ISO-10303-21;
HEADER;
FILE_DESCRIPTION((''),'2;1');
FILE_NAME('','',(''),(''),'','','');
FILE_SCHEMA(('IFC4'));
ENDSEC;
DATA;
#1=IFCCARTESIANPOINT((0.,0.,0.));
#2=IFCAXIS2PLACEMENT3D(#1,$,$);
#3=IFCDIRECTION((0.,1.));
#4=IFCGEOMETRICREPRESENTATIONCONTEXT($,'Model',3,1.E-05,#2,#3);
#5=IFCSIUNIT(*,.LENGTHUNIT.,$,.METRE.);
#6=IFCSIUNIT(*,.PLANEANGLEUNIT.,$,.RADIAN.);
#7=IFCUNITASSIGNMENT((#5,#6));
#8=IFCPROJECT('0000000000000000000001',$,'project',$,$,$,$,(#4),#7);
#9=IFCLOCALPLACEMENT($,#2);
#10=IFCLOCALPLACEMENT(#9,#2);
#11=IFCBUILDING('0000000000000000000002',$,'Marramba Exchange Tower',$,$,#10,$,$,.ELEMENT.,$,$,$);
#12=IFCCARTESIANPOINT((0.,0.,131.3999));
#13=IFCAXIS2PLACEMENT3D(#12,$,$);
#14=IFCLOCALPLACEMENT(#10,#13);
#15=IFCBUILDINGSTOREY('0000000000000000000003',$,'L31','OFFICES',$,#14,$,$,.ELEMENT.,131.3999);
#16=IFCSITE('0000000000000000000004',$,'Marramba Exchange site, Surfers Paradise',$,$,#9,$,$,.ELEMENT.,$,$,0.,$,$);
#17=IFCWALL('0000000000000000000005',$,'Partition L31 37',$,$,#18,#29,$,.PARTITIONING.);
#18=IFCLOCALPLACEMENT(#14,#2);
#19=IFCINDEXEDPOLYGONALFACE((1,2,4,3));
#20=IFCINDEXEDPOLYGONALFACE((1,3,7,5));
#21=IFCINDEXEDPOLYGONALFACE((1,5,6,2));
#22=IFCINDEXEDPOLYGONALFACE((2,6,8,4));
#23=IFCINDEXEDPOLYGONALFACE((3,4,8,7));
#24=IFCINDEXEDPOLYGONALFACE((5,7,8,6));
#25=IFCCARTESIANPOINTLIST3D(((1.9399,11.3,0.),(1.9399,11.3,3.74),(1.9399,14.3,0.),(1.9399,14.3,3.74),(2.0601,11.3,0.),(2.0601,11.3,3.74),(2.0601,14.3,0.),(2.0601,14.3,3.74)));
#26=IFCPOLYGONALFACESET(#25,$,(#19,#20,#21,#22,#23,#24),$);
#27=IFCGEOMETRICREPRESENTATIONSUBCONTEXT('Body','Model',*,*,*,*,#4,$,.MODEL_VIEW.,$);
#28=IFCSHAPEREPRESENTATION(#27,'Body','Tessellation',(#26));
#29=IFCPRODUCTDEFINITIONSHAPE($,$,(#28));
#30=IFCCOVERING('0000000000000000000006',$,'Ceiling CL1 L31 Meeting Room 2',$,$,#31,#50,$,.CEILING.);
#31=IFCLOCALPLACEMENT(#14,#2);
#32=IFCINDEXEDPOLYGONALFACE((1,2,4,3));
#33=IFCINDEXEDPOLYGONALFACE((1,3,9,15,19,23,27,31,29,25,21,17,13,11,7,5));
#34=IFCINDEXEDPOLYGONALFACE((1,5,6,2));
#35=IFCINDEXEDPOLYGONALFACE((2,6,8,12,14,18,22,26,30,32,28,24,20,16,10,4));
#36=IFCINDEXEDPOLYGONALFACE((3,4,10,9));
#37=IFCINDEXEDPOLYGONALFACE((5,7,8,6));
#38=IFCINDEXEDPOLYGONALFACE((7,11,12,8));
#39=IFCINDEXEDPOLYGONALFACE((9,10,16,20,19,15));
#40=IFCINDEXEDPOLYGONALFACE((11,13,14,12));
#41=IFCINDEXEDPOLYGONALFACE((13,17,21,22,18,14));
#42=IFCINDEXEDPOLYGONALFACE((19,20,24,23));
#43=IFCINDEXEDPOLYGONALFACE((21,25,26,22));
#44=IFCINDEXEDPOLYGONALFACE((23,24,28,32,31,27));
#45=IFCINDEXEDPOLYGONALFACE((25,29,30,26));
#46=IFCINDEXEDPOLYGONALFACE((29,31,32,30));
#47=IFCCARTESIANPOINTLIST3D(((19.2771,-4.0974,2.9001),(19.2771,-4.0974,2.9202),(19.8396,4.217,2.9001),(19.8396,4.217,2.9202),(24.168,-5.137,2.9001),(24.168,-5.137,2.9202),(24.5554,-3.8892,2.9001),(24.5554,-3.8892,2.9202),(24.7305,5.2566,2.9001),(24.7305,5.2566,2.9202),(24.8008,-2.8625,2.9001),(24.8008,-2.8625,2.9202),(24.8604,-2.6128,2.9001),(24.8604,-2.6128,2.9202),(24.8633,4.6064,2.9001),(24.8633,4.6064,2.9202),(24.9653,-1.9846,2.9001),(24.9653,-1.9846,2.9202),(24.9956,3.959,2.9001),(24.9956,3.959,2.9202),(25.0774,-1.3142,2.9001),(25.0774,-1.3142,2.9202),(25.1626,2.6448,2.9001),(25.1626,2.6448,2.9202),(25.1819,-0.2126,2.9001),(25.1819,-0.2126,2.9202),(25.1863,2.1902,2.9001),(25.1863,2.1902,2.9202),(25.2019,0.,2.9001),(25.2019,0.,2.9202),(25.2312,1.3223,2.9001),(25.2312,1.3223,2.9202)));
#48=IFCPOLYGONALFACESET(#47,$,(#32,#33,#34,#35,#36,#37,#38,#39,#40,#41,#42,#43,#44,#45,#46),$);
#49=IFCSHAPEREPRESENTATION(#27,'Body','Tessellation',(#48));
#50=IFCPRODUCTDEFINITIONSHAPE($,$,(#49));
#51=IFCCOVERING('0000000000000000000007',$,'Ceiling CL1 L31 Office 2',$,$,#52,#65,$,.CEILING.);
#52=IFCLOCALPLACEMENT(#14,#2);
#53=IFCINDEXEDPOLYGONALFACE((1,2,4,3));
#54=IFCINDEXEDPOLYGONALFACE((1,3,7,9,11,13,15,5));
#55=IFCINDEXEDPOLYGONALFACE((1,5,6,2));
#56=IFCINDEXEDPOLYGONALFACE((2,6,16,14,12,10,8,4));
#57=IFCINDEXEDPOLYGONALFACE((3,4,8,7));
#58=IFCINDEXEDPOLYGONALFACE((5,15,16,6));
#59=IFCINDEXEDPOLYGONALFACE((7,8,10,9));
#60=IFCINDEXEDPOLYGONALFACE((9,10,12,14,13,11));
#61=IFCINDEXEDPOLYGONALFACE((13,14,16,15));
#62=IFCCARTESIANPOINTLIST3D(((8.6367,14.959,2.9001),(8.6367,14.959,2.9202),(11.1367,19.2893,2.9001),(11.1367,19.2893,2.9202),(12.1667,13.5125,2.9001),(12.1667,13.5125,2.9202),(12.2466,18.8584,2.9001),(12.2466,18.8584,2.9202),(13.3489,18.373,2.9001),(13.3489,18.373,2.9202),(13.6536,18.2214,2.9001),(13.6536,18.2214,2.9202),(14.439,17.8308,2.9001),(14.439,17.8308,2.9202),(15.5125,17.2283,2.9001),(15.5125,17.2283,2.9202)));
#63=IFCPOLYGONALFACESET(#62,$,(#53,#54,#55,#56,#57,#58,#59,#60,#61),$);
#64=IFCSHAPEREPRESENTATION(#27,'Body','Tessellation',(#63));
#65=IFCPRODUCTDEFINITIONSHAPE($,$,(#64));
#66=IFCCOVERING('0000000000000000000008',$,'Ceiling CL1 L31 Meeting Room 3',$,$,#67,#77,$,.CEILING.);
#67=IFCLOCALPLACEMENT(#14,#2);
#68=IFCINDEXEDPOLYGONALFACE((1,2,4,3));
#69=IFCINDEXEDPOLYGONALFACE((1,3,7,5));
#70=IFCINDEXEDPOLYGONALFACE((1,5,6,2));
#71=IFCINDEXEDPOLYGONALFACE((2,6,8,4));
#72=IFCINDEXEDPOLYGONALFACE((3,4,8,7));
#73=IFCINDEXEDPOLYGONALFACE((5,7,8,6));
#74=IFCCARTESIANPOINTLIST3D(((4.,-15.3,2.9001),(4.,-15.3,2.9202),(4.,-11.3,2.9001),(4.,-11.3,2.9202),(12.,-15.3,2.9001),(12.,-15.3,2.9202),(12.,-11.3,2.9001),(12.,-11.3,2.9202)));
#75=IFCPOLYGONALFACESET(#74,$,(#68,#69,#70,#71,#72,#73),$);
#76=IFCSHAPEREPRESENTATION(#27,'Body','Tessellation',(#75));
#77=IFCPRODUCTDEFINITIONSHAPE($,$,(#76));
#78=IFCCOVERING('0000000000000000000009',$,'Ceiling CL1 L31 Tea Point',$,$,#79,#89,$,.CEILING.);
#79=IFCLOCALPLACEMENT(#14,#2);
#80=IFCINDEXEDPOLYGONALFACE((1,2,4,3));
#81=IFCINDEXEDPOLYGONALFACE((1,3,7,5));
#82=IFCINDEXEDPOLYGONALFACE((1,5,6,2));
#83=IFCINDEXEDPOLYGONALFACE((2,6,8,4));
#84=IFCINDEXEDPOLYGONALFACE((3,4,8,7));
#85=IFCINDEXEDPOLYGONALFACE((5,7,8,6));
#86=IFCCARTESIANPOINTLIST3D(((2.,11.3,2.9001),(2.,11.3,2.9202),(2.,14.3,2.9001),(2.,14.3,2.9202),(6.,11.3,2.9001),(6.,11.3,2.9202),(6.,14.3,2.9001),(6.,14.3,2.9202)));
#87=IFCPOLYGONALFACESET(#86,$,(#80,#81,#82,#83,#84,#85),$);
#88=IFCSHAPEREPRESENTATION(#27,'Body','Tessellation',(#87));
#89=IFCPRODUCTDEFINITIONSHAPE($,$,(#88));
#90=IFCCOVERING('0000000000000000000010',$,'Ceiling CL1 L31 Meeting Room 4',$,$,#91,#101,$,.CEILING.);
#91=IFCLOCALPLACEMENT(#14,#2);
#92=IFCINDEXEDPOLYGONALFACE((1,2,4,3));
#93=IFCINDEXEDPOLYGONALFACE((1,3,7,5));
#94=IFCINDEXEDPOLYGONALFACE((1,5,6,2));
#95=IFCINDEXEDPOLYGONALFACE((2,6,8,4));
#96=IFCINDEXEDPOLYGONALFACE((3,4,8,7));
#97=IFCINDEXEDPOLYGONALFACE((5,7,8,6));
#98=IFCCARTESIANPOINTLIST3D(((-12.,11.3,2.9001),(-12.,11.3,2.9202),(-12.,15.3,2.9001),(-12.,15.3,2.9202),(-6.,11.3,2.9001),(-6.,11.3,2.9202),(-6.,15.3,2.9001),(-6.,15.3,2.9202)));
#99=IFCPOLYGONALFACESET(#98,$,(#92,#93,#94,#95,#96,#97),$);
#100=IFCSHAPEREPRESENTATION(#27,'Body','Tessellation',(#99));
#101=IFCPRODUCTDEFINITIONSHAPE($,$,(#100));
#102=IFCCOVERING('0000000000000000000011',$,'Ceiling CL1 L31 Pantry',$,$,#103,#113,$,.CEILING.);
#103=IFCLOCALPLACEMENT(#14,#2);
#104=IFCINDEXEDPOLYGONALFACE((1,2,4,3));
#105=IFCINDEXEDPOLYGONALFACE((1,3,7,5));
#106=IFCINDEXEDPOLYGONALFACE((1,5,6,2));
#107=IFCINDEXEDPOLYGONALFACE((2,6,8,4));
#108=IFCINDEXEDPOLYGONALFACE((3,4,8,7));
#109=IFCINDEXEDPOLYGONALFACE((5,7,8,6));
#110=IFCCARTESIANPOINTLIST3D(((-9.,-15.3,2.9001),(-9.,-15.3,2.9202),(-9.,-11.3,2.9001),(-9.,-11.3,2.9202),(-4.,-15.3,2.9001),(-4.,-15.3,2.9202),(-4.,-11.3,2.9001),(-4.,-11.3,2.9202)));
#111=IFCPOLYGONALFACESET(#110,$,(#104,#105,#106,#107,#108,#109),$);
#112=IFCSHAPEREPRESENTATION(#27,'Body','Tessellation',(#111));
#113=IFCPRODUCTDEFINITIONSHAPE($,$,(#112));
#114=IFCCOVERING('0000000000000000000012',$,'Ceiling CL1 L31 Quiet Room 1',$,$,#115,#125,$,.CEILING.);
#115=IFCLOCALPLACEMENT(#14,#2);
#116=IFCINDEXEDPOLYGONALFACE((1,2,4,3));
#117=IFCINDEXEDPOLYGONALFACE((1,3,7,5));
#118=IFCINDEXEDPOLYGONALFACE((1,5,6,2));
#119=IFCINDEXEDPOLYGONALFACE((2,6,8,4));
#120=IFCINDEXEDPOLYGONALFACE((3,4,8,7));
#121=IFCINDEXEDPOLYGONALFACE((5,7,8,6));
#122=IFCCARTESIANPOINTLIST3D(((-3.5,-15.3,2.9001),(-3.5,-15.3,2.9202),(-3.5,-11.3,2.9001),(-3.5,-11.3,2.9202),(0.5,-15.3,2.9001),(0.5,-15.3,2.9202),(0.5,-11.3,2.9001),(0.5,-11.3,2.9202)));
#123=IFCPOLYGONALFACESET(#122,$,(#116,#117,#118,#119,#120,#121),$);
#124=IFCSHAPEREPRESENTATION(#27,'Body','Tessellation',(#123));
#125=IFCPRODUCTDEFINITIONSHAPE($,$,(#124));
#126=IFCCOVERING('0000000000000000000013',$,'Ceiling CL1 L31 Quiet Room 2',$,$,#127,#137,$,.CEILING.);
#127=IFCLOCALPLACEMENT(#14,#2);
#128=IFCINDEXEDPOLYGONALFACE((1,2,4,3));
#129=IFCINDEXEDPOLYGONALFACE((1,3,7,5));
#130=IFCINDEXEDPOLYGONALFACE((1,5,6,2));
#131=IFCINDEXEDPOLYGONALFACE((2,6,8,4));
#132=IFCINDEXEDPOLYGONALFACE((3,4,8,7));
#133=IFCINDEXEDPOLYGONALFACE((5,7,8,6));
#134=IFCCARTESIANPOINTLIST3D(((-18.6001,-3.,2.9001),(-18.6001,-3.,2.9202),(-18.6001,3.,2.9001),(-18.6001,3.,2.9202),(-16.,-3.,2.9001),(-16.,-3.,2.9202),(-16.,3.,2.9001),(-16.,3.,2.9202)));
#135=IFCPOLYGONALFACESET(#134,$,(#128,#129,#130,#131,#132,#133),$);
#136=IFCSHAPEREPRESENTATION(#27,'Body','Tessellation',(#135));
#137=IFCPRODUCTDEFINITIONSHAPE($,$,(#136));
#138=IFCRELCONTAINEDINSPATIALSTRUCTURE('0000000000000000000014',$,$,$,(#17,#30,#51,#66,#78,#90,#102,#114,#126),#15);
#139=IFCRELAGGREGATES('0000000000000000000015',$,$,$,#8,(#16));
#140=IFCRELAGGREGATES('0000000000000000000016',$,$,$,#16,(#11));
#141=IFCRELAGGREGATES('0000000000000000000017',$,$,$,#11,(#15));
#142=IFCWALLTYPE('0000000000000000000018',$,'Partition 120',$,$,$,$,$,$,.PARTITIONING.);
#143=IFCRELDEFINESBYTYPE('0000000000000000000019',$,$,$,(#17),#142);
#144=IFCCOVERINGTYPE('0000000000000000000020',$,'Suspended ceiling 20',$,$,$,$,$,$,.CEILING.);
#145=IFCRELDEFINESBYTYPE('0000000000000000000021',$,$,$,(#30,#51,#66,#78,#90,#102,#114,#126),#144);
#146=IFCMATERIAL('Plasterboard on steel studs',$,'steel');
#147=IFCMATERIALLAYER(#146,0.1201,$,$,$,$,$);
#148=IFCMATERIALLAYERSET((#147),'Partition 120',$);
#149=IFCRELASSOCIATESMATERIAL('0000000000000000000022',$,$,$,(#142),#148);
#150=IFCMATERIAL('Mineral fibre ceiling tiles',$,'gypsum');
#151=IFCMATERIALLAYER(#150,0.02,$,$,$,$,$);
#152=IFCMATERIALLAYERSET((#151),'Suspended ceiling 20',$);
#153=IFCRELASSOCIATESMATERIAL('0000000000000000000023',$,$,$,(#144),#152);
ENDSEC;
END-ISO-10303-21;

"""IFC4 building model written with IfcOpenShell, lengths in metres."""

from ifc_helpers import new_model, si_unit, direction, frame, frame_2d, origin, place, context, subcontext, project, spatial, polyline, rectangle, outline, extrude, material, layer, layer_set, type_object, element, save


model = new_model("IFC4")

# Units and contexts
model_context = context("Model", 3, precision=1e-05, world=origin(), true_north=direction((0.0, 1.0)))
body_context = subcontext(model_context, "Body", "Model", "MODEL_VIEW")
ifc_project = project(units=[si_unit("LENGTHUNIT", "METRE"), si_unit("PLANEANGLEUNIT", "RADIAN")], contexts=[model_context])

# Site, building, storey
site_placement = place(None, origin())
site = spatial("IfcSite", under=ifc_project, at=site_placement, Name="Marramba Exchange site, Surfers Paradise", CompositionType="ELEMENT", RefElevation=0.0)
building_placement = place(site_placement, origin())
building = spatial("IfcBuilding", under=site, at=building_placement, Name="Marramba Exchange Tower", CompositionType="ELEMENT")
storey_placement = place(building_placement, frame((0.0, 0.0, 131.3999)))
storey = spatial("IfcBuildingStorey", under=building, at=storey_placement, Name="L31", Description="OFFICES", CompositionType="ELEMENT", Elevation=131.3999)

# Shared definitions
ifc_material_1 = material(Name="Plasterboard on steel studs", Category="steel")
ifc_layer_1 = layer(ifc_material_1, 0.1201)
ifc_layer_set_1 = layer_set([ifc_layer_1], Name="Partition 120")
wall_type_1 = type_object("IfcWallType", Name="Partition 120", PredefinedType="PARTITIONING", material=ifc_layer_set_1)

# Wall
wall_1_placement = place(storey_placement, frame((2.0, 14.3, 0.0), z_axis=(0.0, 0.0, 1.0), x_axis=(0.0, -1.0, 0.0)))
element("IfcWall", 1, at=wall_1_placement, inside=storey, type_object=wall_type_1, Name="Partition L31 37", PredefinedType="PARTITIONING", context=body_context, shape_type="SweptSolid", body=[
    extrude(rectangle(XDim=3.0, YDim=0.1201, at=frame_2d((1.5, 0.0))), origin(), (0.0, 0.0, 1.0), 3.74),
])

# Coverings
ifc_material_2 = material(Name="Mineral fibre ceiling tiles", Category="gypsum")
ifc_layer_2 = layer(ifc_material_2, 0.02)
ifc_layer_set_2 = layer_set([ifc_layer_2], Name="Suspended ceiling 20")
covering_type = type_object("IfcCoveringType", Name="Suspended ceiling 20", PredefinedType="CEILING", material=ifc_layer_set_2)
covering_1_placement = place(storey_placement, frame((0.0, 0.0, 2.9001)))
element("IfcCovering", 2, at=covering_1_placement, inside=storey, type_object=covering_type, Name="Ceiling CL1 L31 Meeting Room 2", PredefinedType="CEILING", context=body_context, shape_type="SweptSolid", body=[
    extrude(outline(polyline([(24.8633, 4.6064), (24.9956, 3.959), (25.1626, 2.6448), (25.1863, 2.1902), (25.2312, 1.3223), (25.2019, 0.0), (25.1819, -0.2126), (25.0774, -1.3142), (24.9653, -1.9846), (24.8604, -2.6128), (24.8008, -2.8625), (24.5554, -3.8892), (24.168, -5.137), (19.2771, -4.0974), (19.8396, 4.217), (24.7305, 5.2566), (24.8633, 4.6064)])), origin(), (0.0, 0.0, 1.0), 0.02),
])
covering_2_placement = place(storey_placement, frame((0.0, 0.0, 2.9001)))
element("IfcCovering", 3, at=covering_2_placement, inside=storey, type_object=covering_type, Name="Ceiling CL1 L31 Office 2", PredefinedType="CEILING", context=body_context, shape_type="SweptSolid", body=[
    extrude(outline(polyline([(12.2466, 18.8584), (13.3489, 18.373), (13.6536, 18.2214), (14.439, 17.8308), (15.5125, 17.2283), (12.1667, 13.5125), (8.6367, 14.959), (11.1367, 19.2893), (12.2466, 18.8584)])), origin(), (0.0, 0.0, 1.0), 0.02),
])
covering_3_placement = place(storey_placement, frame((0.0, 0.0, 2.9001)))
element("IfcCovering", 4, at=covering_3_placement, inside=storey, type_object=covering_type, Name="Ceiling CL1 L31 Meeting Room 3", PredefinedType="CEILING", context=body_context, shape_type="SweptSolid", body=[
    extrude(outline(polyline([(12.0, -15.3), (4.0, -15.3), (4.0, -11.3), (12.0, -11.3), (12.0, -15.3)])), origin(), (0.0, 0.0, 1.0), 0.02),
])
covering_4_placement = place(storey_placement, frame((0.0, 0.0, 2.9001)))
element("IfcCovering", 5, at=covering_4_placement, inside=storey, type_object=covering_type, Name="Ceiling CL1 L31 Tea Point", PredefinedType="CEILING", context=body_context, shape_type="SweptSolid", body=[
    extrude(outline(polyline([(6.0, 11.3), (2.0, 11.3), (2.0, 14.3), (6.0, 14.3), (6.0, 11.3)])), origin(), (0.0, 0.0, 1.0), 0.02),
])
covering_5_placement = place(storey_placement, frame((0.0, 0.0, 2.9001)))
element("IfcCovering", 6, at=covering_5_placement, inside=storey, type_object=covering_type, Name="Ceiling CL1 L31 Meeting Room 4", PredefinedType="CEILING", context=body_context, shape_type="SweptSolid", body=[
    extrude(outline(polyline([(-6.0, 11.3), (-12.0, 11.3), (-12.0, 15.3), (-6.0, 15.3), (-6.0, 11.3)])), origin(), (0.0, 0.0, 1.0), 0.02),
])
covering_6_placement = place(storey_placement, frame((0.0, 0.0, 2.9001)))
element("IfcCovering", 7, at=covering_6_placement, inside=storey, type_object=covering_type, Name="Ceiling CL1 L31 Pantry", PredefinedType="CEILING", context=body_context, shape_type="SweptSolid", body=[
    extrude(outline(polyline([(-4.0, -15.3), (-9.0, -15.3), (-9.0, -11.3), (-4.0, -11.3), (-4.0, -15.3)])), origin(), (0.0, 0.0, 1.0), 0.02),
])
covering_7_placement = place(storey_placement, frame((0.0, 0.0, 2.9001)))
element("IfcCovering", 8, at=covering_7_placement, inside=storey, type_object=covering_type, Name="Ceiling CL1 L31 Quiet Room 1", PredefinedType="CEILING", context=body_context, shape_type="SweptSolid", body=[
    extrude(outline(polyline([(0.5, -15.3), (-3.5, -15.3), (-3.5, -11.3), (0.5, -11.3), (0.5, -15.3)])), origin(), (0.0, 0.0, 1.0), 0.02),
])
covering_8_placement = place(storey_placement, frame((0.0, 0.0, 2.9001)))
element("IfcCovering", 9, at=covering_8_placement, inside=storey, type_object=covering_type, Name="Ceiling CL1 L31 Quiet Room 2", PredefinedType="CEILING", context=body_context, shape_type="SweptSolid", body=[
    extrude(outline(polyline([(-16.0, -3.0), (-18.6001, -3.0), (-18.6001, 3.0), (-16.0, 3.0), (-16.0, -3.0)])), origin(), (0.0, 0.0, 1.0), 0.02),
])

save(model, "model.ifc")
